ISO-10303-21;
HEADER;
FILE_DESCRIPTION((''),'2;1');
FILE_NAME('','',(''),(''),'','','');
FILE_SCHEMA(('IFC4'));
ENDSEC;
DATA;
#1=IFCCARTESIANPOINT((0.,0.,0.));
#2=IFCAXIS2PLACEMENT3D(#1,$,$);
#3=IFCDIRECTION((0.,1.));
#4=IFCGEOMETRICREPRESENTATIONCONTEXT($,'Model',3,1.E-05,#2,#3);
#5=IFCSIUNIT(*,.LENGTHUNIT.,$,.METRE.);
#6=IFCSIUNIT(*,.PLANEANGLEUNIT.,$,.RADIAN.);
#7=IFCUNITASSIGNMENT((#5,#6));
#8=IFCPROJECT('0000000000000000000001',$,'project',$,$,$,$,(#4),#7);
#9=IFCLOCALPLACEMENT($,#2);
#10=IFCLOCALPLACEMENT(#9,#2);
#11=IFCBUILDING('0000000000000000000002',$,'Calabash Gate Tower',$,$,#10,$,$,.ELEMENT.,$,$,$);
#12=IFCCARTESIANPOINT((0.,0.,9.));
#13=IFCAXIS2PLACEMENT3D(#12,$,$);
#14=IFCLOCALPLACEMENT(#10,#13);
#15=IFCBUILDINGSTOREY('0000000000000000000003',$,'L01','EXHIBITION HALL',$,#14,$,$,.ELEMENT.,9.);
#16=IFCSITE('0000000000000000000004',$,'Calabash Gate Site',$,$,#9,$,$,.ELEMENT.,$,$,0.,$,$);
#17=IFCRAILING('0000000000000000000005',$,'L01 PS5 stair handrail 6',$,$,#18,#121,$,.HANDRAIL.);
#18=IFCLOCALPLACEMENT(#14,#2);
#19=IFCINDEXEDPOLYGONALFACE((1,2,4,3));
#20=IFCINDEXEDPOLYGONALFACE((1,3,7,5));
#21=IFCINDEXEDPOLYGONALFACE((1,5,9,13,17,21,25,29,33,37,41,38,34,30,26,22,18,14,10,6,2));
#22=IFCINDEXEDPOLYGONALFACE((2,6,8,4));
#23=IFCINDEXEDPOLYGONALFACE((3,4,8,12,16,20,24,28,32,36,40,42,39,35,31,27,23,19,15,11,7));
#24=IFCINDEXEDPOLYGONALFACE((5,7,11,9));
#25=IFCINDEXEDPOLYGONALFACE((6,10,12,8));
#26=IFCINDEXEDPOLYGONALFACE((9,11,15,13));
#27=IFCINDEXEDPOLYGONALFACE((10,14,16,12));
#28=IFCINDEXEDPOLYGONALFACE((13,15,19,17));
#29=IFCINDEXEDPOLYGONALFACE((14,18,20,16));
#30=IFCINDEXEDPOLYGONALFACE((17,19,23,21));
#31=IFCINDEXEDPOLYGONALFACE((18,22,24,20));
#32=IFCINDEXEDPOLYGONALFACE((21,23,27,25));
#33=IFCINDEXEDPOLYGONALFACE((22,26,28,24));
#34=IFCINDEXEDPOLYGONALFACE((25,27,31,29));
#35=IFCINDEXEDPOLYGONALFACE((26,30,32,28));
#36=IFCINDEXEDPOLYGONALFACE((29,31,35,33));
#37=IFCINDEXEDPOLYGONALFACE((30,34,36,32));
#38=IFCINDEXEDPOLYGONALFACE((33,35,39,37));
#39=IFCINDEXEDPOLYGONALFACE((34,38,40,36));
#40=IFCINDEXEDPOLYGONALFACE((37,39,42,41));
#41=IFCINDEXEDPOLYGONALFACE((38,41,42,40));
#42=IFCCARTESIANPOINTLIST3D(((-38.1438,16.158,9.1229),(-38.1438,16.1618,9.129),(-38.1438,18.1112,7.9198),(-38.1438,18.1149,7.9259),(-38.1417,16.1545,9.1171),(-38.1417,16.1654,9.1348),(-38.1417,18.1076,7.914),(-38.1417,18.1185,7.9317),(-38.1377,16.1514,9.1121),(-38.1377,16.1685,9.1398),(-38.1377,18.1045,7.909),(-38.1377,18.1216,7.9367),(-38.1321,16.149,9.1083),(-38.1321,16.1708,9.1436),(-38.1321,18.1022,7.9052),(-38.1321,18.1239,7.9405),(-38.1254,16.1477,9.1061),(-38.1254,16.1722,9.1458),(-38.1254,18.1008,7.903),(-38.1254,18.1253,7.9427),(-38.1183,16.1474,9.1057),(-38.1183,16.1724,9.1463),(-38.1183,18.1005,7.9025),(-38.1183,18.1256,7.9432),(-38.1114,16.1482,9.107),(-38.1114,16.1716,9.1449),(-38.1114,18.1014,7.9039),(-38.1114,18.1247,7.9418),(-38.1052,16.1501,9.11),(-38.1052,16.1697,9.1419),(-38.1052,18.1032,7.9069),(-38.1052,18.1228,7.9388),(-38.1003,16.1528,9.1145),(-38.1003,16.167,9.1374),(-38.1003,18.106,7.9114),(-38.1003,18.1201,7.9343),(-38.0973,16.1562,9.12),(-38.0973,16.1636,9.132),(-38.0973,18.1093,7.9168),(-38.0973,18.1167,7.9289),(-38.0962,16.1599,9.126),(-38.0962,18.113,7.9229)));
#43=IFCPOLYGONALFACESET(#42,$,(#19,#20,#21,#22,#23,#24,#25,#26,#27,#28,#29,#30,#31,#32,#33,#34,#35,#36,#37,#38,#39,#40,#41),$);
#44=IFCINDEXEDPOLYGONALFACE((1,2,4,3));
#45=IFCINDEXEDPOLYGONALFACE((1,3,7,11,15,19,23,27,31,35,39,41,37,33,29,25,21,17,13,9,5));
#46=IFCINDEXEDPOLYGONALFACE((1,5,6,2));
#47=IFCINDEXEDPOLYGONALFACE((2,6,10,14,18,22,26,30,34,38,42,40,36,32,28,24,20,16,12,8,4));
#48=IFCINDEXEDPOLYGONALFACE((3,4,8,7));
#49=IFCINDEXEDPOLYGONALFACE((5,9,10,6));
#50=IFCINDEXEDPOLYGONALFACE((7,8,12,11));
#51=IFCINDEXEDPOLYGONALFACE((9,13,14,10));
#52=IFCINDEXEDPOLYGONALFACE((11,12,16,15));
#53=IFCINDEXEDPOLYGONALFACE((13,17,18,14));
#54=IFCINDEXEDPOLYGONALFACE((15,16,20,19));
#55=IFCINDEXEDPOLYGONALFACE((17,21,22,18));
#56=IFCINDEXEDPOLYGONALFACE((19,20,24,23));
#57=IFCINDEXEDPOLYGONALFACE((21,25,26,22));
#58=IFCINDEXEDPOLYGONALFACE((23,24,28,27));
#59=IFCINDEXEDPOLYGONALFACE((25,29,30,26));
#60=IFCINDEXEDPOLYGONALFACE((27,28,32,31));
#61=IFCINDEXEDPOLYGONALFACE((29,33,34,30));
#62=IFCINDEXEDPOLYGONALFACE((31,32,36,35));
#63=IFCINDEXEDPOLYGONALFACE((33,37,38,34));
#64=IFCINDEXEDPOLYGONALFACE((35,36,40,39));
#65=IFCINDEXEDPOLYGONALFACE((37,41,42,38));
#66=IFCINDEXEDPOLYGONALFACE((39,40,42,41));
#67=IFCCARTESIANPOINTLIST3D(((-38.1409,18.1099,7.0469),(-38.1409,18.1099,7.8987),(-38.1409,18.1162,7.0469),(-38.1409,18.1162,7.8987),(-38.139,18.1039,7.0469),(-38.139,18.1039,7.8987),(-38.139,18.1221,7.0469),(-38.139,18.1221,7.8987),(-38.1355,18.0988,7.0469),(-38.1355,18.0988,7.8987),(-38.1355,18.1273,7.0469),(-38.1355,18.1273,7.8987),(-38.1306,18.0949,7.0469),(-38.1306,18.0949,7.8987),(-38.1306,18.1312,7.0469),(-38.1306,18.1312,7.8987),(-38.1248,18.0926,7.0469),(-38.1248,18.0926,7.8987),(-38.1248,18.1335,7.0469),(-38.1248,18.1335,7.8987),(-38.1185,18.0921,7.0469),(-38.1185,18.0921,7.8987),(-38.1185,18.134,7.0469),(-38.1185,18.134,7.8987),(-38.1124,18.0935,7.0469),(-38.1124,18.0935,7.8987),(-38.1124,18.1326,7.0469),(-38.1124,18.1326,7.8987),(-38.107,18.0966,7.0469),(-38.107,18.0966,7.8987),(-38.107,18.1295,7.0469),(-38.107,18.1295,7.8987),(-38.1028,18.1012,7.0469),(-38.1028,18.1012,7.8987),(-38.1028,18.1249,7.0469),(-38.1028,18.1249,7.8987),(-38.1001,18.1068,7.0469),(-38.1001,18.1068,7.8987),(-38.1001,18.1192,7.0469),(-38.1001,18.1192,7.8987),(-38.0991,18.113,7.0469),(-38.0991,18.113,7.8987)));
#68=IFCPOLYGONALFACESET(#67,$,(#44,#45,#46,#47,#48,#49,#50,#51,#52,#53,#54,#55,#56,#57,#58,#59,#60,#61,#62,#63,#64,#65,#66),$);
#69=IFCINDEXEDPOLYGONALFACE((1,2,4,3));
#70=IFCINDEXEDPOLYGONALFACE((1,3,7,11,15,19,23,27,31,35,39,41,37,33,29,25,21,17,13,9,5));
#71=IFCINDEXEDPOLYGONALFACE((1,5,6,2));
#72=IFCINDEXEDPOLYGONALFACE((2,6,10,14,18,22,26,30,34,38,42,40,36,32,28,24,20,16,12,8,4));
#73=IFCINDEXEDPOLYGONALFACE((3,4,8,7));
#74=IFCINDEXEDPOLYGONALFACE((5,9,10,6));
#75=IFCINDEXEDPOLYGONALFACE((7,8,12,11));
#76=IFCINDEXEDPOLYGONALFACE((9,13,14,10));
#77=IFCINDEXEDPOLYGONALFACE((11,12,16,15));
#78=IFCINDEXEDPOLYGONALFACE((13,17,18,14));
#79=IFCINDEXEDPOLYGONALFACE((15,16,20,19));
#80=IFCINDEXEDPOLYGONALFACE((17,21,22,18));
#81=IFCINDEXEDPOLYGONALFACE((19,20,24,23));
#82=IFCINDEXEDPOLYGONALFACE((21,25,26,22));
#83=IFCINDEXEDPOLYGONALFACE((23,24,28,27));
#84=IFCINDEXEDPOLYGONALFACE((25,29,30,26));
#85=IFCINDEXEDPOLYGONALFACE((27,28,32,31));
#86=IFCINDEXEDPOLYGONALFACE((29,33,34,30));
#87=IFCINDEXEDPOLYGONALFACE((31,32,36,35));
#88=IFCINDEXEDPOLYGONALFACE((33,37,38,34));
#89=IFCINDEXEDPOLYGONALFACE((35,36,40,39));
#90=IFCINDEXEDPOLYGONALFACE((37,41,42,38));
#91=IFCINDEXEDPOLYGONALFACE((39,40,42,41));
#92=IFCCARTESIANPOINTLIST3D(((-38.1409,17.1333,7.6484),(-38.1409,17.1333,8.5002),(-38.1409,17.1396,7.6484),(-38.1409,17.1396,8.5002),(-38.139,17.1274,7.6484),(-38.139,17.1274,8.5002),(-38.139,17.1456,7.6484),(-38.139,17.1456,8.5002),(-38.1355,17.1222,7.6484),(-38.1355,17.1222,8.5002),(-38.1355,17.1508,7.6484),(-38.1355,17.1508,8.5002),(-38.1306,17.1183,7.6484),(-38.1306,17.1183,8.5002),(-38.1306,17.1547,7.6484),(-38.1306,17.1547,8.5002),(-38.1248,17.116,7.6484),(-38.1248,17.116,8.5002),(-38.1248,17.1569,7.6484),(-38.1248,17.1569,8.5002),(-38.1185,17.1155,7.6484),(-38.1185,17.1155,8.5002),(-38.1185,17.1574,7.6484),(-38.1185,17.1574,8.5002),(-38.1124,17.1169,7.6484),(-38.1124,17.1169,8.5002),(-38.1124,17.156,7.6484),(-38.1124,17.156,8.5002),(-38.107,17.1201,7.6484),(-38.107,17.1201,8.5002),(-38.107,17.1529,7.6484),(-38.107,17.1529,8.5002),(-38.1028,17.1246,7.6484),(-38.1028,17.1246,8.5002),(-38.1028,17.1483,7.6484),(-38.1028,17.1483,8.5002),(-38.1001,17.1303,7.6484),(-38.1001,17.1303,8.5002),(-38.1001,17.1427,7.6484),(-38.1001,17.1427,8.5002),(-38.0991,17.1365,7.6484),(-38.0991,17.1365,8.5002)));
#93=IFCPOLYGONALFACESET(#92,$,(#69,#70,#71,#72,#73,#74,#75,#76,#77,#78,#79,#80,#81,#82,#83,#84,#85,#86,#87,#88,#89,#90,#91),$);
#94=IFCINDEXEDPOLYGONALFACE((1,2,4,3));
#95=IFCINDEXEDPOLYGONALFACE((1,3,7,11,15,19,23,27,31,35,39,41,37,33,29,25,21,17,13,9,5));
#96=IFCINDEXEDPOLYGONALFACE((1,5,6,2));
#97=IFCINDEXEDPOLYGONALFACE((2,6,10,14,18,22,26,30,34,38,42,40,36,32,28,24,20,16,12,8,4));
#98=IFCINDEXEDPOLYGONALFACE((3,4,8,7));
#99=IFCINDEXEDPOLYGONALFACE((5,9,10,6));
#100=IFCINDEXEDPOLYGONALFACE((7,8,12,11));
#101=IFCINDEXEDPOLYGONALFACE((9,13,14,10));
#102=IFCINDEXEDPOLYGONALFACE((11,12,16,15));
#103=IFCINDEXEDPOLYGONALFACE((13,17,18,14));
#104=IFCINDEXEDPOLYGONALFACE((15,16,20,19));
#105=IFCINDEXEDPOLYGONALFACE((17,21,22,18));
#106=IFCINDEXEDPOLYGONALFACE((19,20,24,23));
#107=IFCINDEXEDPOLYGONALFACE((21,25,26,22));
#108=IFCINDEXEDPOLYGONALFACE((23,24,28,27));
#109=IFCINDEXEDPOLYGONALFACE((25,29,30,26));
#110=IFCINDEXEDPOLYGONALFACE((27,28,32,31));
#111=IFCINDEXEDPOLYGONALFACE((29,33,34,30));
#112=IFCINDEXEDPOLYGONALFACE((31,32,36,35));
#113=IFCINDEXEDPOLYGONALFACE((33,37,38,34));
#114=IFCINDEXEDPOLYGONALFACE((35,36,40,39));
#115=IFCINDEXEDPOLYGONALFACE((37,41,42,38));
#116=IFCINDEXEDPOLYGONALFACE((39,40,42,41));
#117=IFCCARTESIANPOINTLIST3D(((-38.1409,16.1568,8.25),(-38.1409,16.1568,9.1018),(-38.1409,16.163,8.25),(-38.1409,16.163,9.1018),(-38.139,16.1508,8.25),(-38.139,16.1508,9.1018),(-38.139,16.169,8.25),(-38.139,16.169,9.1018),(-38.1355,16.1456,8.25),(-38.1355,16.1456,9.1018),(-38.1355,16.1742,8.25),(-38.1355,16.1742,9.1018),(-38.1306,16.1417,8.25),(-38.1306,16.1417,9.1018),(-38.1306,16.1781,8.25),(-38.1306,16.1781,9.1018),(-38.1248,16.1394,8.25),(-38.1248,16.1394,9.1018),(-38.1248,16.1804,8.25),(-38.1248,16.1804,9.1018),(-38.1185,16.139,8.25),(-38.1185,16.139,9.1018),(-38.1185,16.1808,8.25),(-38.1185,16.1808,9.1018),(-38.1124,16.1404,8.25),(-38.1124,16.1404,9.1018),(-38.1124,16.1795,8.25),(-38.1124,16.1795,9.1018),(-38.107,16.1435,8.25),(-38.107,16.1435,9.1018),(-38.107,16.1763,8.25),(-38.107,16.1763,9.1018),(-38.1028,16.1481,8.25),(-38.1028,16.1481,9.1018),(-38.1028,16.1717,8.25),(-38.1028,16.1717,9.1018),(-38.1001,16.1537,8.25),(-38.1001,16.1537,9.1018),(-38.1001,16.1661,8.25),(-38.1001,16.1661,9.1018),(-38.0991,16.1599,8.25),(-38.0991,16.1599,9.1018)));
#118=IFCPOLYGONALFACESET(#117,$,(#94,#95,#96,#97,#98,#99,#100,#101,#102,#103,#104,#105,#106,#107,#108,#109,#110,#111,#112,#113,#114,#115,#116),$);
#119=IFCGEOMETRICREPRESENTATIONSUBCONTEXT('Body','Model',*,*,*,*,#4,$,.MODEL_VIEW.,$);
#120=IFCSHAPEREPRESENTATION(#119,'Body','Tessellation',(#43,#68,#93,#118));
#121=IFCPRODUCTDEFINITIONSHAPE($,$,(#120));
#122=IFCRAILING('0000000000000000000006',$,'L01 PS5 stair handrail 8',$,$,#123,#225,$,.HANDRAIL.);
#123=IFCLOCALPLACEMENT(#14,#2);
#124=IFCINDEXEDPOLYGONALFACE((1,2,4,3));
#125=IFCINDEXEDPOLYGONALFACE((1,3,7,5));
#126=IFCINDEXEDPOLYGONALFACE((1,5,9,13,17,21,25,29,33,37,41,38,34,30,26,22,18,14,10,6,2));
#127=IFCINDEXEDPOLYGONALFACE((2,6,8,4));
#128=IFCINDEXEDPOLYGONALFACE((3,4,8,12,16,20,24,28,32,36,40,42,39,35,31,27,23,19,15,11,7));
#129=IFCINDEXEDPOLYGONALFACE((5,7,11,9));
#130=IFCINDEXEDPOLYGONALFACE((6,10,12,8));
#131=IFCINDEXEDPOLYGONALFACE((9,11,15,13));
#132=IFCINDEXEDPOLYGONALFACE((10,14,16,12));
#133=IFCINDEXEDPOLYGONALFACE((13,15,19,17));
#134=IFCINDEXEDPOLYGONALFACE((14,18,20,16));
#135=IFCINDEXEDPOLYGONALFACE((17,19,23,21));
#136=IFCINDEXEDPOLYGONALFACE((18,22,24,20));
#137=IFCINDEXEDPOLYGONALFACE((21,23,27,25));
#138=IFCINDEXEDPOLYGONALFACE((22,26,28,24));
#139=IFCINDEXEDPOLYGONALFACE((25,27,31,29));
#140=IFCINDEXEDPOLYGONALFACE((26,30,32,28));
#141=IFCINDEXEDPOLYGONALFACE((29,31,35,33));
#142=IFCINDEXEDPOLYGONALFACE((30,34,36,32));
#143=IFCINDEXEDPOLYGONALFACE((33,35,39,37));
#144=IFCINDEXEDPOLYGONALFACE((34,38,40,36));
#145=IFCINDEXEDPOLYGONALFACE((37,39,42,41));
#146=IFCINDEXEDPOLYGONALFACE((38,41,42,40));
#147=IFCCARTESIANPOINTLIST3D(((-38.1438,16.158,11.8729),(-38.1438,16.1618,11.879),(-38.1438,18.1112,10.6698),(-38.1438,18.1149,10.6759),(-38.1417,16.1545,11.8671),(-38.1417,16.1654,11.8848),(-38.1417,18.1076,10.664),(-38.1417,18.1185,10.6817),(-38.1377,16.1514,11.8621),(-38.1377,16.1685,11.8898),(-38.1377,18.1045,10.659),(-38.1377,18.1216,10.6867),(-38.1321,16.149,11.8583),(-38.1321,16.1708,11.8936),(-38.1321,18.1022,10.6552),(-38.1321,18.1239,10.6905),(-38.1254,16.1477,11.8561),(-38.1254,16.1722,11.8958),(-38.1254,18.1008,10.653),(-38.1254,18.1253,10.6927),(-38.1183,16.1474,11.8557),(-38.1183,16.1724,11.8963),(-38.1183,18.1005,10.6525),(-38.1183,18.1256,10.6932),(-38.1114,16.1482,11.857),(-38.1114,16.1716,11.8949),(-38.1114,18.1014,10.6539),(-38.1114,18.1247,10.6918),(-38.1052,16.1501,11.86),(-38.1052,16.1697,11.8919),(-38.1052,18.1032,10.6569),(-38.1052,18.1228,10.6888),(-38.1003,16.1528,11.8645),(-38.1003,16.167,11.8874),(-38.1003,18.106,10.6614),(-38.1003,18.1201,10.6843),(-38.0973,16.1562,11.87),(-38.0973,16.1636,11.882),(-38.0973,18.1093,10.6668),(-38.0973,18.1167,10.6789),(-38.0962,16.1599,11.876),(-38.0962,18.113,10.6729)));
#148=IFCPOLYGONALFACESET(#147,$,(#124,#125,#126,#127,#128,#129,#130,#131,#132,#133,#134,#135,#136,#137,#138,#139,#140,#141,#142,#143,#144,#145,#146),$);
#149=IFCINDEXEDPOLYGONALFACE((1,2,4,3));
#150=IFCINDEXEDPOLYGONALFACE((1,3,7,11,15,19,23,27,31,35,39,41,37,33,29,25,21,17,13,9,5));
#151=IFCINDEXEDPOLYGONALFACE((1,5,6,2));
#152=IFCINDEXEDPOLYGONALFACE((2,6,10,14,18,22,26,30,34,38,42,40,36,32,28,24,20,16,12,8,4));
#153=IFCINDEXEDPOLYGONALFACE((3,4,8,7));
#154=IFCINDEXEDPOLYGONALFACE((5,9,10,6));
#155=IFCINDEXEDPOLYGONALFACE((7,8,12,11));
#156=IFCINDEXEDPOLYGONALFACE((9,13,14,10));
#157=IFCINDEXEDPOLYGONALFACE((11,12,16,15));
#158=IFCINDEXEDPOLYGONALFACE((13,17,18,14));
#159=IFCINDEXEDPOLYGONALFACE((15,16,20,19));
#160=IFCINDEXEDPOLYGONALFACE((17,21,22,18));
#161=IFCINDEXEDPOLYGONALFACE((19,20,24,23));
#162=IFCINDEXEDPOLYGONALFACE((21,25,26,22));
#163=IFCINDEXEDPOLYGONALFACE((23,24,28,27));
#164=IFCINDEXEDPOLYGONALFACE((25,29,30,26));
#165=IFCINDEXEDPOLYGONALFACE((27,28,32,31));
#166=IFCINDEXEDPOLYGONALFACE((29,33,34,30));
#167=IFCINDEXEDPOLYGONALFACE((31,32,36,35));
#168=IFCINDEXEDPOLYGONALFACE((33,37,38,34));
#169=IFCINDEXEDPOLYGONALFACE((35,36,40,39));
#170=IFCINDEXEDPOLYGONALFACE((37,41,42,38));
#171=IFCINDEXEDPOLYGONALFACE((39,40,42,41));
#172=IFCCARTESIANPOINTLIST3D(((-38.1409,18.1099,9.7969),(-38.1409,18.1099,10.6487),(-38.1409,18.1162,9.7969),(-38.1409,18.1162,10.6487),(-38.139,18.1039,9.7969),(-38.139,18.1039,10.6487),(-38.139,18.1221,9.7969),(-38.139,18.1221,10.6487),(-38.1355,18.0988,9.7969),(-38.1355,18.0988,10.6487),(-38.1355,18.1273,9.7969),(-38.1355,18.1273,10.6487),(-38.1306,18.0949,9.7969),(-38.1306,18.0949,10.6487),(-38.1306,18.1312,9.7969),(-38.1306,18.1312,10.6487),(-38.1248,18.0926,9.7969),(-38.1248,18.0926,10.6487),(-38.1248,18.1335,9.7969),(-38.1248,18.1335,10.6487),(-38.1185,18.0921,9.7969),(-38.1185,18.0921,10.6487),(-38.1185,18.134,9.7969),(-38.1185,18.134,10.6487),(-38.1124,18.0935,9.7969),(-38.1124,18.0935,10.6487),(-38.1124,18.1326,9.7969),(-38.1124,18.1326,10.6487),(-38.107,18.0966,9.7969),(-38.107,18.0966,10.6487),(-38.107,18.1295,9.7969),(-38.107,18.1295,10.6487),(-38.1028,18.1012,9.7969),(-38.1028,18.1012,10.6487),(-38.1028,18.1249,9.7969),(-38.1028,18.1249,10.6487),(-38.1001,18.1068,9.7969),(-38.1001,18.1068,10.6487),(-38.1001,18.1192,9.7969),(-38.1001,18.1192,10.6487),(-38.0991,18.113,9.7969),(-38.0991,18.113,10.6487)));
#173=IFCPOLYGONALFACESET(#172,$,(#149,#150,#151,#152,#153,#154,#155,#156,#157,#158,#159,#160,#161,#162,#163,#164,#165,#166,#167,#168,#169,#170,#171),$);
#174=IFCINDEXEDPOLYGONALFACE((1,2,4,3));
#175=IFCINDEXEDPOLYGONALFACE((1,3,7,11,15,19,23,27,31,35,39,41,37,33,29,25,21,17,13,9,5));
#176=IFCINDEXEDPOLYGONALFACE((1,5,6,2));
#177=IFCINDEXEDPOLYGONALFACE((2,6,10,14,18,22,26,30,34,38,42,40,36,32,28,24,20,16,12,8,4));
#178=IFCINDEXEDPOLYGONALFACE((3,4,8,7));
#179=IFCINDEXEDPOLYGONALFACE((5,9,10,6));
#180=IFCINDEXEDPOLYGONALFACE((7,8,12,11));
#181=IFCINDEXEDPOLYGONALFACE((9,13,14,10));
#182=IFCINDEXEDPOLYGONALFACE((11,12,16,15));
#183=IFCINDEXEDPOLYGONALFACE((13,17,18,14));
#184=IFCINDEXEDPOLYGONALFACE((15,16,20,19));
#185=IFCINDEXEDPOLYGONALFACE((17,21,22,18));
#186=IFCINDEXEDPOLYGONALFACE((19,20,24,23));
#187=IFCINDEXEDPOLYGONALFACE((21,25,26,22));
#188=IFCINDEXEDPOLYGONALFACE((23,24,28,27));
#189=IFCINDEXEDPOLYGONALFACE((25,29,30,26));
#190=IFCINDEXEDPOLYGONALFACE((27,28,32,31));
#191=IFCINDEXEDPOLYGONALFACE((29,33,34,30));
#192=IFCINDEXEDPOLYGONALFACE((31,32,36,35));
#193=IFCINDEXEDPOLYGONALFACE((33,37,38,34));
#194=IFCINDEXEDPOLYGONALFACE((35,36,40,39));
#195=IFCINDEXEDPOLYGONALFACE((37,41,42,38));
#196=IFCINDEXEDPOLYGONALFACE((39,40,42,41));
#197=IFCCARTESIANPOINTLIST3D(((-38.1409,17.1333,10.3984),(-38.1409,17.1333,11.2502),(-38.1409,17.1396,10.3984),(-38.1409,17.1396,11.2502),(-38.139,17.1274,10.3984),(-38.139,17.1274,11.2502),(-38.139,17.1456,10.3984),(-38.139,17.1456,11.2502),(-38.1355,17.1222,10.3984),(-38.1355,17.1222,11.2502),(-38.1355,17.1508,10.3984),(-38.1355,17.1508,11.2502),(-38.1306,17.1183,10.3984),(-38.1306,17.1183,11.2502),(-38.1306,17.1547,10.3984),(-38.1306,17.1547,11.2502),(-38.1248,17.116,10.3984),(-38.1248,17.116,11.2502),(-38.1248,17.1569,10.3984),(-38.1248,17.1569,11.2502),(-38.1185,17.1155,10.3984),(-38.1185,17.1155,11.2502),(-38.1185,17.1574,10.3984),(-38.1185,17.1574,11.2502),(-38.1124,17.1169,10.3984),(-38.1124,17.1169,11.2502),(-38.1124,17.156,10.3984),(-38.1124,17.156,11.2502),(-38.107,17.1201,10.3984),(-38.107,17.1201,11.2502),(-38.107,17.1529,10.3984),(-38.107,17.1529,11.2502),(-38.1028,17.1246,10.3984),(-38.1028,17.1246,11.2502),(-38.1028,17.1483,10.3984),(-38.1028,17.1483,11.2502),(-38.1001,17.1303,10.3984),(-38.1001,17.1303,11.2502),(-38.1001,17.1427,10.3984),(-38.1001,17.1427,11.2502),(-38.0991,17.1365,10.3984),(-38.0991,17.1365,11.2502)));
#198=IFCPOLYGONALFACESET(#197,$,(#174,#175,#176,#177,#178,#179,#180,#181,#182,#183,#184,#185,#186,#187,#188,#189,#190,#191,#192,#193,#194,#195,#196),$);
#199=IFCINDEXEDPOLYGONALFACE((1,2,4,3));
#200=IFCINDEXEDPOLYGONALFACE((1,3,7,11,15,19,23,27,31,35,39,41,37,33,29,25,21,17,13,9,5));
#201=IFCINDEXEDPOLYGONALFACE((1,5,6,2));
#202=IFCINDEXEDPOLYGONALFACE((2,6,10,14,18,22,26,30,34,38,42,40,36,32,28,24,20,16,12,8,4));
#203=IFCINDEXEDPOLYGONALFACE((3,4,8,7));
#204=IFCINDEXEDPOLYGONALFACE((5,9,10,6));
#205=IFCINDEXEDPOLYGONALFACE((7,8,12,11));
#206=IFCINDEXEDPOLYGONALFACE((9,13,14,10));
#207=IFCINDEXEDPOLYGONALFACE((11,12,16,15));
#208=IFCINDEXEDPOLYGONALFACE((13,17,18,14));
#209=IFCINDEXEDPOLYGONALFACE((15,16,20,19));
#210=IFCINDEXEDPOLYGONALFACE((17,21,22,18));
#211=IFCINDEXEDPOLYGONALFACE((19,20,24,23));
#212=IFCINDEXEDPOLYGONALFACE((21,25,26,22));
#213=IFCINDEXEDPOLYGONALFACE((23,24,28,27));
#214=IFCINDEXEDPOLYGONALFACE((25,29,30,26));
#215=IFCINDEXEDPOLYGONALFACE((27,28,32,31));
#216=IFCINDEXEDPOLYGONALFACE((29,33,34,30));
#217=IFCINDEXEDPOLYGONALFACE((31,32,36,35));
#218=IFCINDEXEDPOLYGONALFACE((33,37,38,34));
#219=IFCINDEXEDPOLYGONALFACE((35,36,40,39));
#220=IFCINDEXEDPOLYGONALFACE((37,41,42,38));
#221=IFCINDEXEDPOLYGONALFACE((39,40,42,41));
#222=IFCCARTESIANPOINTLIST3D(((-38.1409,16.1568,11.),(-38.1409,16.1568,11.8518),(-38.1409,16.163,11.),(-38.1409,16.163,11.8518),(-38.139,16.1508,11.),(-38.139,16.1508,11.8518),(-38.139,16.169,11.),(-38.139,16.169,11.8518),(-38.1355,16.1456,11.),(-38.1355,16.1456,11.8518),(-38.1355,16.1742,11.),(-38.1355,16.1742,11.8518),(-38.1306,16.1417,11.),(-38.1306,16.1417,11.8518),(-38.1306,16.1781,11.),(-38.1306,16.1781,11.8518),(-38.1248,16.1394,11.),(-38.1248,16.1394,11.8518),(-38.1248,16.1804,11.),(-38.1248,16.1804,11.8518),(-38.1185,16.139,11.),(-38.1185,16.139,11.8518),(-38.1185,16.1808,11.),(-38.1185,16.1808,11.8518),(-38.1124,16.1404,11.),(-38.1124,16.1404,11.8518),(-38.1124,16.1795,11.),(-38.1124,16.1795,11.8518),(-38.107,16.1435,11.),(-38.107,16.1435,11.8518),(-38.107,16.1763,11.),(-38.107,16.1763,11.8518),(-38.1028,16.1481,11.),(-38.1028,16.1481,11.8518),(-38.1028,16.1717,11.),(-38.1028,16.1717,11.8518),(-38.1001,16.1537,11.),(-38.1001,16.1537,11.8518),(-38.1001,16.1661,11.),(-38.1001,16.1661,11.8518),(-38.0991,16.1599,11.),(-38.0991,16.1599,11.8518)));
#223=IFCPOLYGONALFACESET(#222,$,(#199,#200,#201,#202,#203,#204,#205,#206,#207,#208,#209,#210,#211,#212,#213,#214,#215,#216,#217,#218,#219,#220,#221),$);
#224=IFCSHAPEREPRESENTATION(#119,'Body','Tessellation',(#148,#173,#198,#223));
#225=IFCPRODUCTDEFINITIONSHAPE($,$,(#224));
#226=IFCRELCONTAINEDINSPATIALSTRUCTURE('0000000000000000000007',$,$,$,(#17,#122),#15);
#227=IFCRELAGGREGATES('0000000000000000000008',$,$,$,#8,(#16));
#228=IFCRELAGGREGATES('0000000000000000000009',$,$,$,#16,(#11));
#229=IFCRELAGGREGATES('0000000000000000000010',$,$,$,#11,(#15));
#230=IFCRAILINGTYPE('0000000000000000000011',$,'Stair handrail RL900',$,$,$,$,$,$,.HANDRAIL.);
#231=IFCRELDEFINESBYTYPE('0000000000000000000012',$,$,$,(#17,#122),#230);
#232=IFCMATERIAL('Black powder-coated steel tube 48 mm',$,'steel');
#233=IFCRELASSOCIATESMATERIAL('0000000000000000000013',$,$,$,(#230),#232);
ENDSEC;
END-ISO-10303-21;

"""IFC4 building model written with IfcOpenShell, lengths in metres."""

from ifc_helpers import new_model, si_unit, direction, frame, origin, origin_2d, place, context, subcontext, project, spatial, circle, extrude, material, type_object, element, save


model = new_model("IFC4")

# Units and contexts
model_context = context("Model", 3, precision=1e-05, world=origin(), true_north=direction((0.0, 1.0)))
body_context = subcontext(model_context, "Body", "Model", "MODEL_VIEW")
ifc_project = project(units=[si_unit("LENGTHUNIT", "METRE"), si_unit("PLANEANGLEUNIT", "RADIAN")], contexts=[model_context])

# Site, building, storey
site_placement = place(None, origin())
site = spatial("IfcSite", under=ifc_project, at=site_placement, Name="Calabash Gate Site", CompositionType="ELEMENT", RefElevation=0.0)
building_placement = place(site_placement, origin())
building = spatial("IfcBuilding", under=site, at=building_placement, Name="Calabash Gate Tower", CompositionType="ELEMENT")
storey_placement = place(building_placement, frame((0.0, 0.0, 9.0)))
storey = spatial("IfcBuildingStorey", under=building, at=storey_placement, Name="L01", Description="EXHIBITION HALL", CompositionType="ELEMENT", Elevation=9.0)

# Railings
ifc_material_1 = material(Name="Black powder-coated steel tube 48 mm", Category="steel")
railing_type_1 = type_object("IfcRailingType", Name="Stair handrail RL900", PredefinedType="HANDRAIL", material=ifc_material_1)
for number, where, name in (
    (1, (-38.1201, 18.113, 7.0469), "L01 PS5 stair handrail 6"),
    (2, (-38.1201, 18.113, 9.7969), "L01 PS5 stair handrail 8"),
):
    element("IfcRailing", number, at=place(storey_placement, frame(where)), inside=storey, type_object=railing_type_1, Name=name, PredefinedType="HANDRAIL", context=body_context, shape_type="SweptSolid", body=[
        extrude(circle(Radius=0.0239, at=origin_2d()), frame((0.0, 0.0, 0.876), z_axis=(0.0, -0.851424, 0.524477), x_axis=(1.0, 0.0, 0.0)), (0.0, 0.0, 1.0), 2.2939),
        extrude(circle(Radius=0.021, at=origin_2d()), origin(), (0.0, 0.0, 1.0), 0.8518),
        extrude(circle(Radius=0.021, at=origin_2d()), frame((0.0, -0.9766, 0.6016)), (0.0, 0.0, 1.0), 0.8518),
        extrude(circle(Radius=0.021, at=origin_2d()), frame((0.0, -1.9531, 1.2031)), (0.0, 0.0, 1.0), 0.8518),
    ])

save(model, "model.ifc")
